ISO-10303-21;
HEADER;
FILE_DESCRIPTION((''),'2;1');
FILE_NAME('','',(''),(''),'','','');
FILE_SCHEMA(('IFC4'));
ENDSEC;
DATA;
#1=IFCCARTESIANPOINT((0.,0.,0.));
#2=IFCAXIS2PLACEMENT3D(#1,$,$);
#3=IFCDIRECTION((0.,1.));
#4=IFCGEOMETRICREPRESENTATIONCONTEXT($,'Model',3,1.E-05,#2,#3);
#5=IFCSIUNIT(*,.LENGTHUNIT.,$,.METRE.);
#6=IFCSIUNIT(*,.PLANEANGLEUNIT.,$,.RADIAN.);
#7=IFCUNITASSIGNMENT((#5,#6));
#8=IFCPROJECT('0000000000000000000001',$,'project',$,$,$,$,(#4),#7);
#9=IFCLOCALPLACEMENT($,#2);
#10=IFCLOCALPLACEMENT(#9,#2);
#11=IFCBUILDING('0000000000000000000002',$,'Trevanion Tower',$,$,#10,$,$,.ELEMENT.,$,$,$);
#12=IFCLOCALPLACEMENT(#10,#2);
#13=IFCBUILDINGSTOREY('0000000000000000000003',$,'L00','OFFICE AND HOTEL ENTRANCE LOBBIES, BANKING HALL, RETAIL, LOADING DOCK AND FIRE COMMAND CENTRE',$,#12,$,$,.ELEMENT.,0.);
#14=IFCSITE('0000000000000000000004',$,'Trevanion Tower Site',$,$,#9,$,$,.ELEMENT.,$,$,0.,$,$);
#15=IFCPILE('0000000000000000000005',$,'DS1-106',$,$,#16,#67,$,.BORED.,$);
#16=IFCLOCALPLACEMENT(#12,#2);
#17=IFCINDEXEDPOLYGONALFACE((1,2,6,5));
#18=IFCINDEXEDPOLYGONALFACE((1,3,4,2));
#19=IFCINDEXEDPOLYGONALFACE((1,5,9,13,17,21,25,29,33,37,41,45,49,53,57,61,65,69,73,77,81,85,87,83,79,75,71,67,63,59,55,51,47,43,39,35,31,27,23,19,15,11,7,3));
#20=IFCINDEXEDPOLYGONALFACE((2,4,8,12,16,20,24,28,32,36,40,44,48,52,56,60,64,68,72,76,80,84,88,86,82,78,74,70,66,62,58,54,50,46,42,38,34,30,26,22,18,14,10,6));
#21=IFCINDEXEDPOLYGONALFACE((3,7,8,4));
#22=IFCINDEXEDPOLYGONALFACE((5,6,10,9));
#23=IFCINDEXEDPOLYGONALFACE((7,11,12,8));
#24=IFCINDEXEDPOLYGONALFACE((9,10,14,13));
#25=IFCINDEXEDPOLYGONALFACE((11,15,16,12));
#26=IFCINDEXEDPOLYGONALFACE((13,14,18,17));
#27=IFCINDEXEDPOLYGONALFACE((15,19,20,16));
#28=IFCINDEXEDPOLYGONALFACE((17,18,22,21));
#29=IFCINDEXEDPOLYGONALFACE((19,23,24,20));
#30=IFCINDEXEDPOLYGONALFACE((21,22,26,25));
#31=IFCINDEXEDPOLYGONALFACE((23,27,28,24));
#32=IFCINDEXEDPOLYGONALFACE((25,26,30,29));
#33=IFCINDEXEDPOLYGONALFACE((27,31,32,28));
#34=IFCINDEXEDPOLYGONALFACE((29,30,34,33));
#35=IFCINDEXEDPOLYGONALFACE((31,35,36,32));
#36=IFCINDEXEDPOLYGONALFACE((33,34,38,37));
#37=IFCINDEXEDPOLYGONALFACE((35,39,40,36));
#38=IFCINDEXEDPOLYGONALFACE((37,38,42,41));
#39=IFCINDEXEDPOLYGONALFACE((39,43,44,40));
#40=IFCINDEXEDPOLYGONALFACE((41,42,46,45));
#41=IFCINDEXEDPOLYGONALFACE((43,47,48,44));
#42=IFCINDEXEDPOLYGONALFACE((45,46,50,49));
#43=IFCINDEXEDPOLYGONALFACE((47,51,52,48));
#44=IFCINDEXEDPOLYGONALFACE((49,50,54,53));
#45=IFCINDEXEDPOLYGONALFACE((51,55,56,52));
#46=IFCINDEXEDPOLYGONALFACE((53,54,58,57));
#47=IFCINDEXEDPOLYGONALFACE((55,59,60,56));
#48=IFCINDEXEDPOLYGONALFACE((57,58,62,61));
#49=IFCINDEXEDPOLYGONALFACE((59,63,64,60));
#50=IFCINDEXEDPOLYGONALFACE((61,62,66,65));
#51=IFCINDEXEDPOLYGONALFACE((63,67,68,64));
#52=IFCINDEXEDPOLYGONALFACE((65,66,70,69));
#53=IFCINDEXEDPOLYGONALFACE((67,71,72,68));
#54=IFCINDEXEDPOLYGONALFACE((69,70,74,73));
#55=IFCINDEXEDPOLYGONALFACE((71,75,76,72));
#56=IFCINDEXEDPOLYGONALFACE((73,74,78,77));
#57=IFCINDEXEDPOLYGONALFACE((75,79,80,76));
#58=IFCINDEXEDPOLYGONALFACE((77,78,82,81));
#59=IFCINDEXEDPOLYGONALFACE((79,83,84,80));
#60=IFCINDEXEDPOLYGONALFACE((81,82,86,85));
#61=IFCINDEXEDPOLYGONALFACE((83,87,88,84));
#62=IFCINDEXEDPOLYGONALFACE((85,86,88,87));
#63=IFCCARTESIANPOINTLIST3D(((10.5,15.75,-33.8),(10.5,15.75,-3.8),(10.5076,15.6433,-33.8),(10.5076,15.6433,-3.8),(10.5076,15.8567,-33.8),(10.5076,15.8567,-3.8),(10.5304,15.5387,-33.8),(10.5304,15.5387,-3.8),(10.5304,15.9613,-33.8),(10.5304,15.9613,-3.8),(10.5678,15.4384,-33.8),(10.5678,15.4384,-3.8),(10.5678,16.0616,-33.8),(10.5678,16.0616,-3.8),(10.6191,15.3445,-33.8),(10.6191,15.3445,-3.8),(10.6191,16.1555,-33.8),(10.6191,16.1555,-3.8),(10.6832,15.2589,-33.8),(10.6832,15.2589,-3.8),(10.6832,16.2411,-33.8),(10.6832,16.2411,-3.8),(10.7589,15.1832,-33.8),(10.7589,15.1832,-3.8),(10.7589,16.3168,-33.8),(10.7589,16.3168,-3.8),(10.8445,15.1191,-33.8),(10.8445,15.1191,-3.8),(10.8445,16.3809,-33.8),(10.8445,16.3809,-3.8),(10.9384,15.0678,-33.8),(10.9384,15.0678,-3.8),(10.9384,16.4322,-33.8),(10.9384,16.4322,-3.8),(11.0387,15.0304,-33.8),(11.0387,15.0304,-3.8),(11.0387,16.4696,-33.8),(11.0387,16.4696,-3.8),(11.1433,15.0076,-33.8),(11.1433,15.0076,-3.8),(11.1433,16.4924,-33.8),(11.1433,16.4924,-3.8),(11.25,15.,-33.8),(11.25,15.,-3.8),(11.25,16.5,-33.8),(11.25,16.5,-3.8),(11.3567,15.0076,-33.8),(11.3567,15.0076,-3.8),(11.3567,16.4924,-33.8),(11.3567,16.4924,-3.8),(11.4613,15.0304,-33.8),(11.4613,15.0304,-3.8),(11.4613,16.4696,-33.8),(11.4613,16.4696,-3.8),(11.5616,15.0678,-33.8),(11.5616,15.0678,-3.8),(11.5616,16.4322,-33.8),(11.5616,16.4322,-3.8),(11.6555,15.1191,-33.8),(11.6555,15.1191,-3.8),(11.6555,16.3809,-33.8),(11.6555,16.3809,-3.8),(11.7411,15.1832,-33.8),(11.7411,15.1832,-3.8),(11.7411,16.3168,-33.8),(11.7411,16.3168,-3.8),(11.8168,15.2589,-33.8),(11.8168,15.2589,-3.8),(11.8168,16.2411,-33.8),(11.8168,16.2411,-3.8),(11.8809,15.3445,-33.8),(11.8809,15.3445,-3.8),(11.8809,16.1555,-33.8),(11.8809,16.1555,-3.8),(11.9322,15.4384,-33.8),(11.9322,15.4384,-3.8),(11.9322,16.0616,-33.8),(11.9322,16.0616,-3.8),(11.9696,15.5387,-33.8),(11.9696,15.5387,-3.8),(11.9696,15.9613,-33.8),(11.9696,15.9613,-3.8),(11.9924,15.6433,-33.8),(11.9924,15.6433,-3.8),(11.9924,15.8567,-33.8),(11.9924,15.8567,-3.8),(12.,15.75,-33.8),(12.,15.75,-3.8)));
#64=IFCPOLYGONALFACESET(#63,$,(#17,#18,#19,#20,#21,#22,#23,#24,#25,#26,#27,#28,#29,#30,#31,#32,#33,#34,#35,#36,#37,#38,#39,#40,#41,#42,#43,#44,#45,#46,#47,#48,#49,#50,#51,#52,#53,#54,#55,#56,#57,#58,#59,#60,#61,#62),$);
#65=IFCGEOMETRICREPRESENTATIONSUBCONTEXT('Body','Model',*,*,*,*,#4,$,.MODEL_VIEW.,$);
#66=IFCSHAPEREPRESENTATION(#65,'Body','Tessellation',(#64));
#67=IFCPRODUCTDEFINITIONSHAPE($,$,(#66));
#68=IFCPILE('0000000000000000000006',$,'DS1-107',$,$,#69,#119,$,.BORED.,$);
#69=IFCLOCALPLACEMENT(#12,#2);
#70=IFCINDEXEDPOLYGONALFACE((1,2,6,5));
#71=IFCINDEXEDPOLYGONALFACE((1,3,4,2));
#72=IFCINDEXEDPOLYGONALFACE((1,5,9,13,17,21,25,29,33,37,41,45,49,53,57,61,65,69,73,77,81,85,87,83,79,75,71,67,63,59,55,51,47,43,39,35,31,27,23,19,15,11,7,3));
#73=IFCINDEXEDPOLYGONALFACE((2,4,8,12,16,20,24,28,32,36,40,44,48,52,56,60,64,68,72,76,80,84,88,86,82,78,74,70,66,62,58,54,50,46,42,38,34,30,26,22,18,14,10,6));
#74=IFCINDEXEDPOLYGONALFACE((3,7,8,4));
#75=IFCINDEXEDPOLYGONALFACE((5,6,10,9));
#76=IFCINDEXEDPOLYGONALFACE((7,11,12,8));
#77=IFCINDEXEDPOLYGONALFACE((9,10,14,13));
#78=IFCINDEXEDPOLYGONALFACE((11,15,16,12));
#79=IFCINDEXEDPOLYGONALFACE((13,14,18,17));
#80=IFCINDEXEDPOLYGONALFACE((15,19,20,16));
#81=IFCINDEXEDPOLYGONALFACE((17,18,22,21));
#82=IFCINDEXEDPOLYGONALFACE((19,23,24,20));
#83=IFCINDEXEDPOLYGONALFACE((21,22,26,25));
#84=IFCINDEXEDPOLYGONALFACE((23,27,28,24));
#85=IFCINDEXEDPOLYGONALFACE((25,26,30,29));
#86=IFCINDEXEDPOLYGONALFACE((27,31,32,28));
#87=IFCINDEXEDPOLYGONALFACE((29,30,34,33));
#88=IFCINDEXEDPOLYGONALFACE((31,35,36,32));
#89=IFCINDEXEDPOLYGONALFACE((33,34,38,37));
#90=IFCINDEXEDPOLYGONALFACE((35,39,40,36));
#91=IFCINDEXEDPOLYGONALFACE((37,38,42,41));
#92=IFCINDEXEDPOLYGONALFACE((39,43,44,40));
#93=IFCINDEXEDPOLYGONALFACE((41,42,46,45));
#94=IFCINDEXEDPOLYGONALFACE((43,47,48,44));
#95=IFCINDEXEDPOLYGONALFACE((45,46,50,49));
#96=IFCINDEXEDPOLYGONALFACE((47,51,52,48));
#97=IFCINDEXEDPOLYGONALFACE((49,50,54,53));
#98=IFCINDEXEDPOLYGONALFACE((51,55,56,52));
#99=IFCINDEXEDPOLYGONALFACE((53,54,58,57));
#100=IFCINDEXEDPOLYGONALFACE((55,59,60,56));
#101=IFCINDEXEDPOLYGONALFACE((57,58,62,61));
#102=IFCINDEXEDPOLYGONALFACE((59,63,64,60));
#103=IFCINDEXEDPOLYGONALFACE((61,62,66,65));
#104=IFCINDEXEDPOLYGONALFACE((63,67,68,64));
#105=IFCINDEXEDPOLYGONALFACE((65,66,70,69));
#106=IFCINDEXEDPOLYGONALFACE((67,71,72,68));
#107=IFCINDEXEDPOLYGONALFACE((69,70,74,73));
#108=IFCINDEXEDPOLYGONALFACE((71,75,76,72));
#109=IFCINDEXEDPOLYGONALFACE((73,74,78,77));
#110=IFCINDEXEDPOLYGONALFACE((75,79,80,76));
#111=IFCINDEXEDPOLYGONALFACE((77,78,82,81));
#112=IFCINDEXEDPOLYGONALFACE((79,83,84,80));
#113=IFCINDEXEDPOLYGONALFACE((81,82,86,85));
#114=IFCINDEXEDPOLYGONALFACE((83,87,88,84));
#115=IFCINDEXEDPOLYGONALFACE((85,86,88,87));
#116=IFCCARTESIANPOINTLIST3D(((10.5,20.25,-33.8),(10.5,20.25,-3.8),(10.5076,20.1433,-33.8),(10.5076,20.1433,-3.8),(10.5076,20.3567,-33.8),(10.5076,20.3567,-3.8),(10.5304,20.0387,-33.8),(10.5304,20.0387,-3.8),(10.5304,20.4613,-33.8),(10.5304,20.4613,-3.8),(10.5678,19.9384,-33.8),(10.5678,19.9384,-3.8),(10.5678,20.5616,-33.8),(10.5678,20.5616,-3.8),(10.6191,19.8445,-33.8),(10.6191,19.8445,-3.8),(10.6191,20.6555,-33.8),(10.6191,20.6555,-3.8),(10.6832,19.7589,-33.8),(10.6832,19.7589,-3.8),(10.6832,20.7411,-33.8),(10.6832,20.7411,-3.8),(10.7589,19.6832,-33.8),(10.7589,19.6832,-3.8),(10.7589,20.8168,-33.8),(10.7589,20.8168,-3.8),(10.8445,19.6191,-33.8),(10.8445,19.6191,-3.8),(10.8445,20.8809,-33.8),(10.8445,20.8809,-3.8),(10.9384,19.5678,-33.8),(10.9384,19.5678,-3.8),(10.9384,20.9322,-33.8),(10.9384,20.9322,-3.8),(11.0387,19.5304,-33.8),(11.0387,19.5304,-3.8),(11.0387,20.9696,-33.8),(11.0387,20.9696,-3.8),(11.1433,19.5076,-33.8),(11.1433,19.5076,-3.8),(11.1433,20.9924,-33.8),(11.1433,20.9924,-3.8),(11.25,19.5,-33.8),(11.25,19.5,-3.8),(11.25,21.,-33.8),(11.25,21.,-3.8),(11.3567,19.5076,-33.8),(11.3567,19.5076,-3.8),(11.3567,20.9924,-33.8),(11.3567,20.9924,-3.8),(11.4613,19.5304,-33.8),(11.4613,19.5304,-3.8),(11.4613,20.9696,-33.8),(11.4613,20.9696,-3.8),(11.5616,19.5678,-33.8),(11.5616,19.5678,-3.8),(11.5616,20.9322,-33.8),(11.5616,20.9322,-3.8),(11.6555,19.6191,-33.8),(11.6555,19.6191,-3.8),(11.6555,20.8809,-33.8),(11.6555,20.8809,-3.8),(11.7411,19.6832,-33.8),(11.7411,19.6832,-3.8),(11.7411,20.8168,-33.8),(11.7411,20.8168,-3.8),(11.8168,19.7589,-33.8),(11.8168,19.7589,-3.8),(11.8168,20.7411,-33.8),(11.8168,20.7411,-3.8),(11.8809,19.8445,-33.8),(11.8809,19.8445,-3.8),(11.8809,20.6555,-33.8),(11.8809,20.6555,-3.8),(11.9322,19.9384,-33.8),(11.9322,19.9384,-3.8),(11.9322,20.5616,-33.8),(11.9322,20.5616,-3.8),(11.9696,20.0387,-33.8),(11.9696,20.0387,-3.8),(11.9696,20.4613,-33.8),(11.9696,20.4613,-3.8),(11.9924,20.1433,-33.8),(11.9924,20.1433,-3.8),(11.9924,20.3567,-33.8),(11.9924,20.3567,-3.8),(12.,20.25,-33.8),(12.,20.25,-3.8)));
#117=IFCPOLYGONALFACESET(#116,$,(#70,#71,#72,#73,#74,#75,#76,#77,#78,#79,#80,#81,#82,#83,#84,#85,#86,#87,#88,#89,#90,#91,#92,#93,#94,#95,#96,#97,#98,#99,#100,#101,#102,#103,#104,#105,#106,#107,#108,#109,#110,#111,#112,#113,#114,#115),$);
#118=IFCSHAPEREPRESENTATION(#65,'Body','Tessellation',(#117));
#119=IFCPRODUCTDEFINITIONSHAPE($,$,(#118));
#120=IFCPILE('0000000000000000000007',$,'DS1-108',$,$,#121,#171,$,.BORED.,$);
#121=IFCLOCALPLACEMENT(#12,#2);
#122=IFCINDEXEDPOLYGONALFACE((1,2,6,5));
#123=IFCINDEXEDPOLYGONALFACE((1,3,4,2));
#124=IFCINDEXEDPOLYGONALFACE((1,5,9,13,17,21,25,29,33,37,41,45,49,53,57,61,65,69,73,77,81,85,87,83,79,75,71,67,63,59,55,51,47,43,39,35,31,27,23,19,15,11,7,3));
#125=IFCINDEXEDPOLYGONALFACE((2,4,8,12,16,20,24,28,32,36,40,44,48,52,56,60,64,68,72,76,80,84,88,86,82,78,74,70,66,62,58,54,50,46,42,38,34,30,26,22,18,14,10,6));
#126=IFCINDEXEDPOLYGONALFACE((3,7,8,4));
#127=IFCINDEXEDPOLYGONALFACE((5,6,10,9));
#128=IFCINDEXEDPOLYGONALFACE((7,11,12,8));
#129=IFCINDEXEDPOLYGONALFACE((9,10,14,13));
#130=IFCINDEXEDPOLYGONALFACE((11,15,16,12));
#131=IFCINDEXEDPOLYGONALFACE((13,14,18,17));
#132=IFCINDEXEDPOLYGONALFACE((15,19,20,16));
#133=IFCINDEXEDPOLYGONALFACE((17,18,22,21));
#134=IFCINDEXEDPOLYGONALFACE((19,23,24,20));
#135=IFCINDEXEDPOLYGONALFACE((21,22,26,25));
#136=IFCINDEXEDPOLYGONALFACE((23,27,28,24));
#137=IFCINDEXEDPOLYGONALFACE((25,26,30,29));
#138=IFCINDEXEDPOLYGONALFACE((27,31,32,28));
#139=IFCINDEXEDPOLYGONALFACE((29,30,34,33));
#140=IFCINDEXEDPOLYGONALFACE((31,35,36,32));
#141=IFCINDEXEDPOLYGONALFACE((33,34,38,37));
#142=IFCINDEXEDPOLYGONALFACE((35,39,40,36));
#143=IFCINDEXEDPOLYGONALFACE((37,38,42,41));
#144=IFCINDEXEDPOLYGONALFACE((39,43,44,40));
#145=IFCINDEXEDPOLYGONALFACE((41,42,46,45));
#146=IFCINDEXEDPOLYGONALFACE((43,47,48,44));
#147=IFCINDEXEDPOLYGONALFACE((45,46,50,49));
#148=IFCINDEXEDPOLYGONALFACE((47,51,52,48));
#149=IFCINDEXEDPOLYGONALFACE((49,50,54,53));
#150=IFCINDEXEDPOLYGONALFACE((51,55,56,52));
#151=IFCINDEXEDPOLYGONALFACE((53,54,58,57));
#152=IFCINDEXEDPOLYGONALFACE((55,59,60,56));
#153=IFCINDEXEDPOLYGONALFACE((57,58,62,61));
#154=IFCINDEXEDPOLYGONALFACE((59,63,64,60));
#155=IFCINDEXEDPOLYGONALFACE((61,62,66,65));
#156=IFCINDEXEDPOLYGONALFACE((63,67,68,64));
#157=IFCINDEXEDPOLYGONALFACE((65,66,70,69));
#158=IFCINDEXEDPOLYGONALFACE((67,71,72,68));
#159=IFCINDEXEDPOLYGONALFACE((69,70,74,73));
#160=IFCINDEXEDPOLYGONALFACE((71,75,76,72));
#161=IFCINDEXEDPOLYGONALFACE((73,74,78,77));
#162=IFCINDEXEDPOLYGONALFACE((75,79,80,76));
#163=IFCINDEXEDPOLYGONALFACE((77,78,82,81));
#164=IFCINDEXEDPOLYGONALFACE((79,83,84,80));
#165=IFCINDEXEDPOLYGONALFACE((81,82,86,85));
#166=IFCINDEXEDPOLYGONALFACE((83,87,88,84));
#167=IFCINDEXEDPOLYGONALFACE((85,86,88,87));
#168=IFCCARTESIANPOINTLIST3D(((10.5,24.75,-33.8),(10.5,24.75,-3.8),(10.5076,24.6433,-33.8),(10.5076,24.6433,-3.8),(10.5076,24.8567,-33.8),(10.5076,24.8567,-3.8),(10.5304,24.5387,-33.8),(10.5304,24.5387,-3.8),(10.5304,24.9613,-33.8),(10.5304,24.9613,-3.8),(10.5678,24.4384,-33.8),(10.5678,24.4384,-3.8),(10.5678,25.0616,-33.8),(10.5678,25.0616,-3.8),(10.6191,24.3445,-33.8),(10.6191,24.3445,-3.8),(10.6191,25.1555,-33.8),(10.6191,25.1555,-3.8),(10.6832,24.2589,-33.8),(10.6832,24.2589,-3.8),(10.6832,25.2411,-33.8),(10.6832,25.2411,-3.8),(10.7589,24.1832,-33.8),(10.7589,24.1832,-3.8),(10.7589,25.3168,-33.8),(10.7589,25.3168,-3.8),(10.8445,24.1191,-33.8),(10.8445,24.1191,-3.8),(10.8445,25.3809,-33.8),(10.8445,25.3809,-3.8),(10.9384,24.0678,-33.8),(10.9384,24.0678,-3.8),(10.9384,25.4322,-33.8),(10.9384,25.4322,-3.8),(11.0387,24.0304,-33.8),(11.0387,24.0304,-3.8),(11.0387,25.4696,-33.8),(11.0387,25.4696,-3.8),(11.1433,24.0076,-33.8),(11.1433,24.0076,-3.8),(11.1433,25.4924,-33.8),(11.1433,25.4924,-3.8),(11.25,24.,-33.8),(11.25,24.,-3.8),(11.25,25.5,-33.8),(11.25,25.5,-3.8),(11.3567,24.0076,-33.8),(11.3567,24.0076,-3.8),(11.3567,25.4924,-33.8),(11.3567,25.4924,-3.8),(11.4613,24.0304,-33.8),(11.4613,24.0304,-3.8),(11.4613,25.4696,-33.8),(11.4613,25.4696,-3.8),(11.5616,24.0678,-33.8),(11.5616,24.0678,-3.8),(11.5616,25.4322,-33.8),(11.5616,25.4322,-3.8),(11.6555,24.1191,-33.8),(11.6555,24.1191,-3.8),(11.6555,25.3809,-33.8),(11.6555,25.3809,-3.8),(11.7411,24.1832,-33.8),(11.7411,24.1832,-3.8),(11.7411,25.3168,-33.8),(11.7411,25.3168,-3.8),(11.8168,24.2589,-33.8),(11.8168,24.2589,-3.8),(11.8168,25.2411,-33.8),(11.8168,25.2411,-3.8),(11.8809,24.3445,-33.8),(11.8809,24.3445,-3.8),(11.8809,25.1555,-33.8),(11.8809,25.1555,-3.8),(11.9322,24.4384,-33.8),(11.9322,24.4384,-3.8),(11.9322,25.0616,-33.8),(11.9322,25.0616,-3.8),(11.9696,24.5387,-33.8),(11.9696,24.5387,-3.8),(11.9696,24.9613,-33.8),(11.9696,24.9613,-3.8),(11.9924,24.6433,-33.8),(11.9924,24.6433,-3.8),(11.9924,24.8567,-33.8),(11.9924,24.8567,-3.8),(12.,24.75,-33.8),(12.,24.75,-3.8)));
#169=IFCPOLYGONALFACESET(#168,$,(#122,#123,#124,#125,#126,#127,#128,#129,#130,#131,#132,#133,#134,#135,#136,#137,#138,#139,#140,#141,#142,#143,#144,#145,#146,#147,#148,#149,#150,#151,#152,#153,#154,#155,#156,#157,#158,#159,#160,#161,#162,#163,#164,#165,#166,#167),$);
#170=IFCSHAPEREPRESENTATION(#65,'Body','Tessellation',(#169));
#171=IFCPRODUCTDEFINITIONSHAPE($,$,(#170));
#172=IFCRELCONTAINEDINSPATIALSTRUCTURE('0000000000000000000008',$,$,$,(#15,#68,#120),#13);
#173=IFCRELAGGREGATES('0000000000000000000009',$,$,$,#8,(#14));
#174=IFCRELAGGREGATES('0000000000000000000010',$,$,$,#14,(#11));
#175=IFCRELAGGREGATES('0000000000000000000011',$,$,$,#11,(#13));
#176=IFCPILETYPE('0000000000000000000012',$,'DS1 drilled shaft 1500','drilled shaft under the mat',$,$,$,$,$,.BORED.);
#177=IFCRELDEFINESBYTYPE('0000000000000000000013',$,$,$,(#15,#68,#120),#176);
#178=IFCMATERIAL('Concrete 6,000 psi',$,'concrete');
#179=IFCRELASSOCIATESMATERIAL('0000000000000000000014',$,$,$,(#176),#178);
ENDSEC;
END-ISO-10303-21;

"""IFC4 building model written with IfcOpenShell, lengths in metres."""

from ifc_helpers import new_model, si_unit, direction, frame, origin, origin_2d, place, context, subcontext, project, spatial, circle, extrude, material, material_profile, profile_set, type_object, element, save


model = new_model("IFC4")

# Units and contexts
model_context = context("Model", 3, precision=1e-05, world=origin(), true_north=direction((0.0, 1.0)))
body_context = subcontext(model_context, "Body", "Model", "MODEL_VIEW")
ifc_project = project(units=[si_unit("LENGTHUNIT", "METRE"), si_unit("PLANEANGLEUNIT", "RADIAN")], contexts=[model_context])

# Site, building, storey
site_placement = place(None, origin())
site = spatial("IfcSite", under=ifc_project, at=site_placement, Name="Trevanion Tower Site", CompositionType="ELEMENT", RefElevation=0.0)
building_placement = place(site_placement, origin())
building = spatial("IfcBuilding", under=site, at=building_placement, Name="Trevanion Tower", CompositionType="ELEMENT")
storey_placement = place(building_placement, origin())
storey = spatial("IfcBuildingStorey", under=building, at=storey_placement, Name="L00", Description="OFFICE AND HOTEL ENTRANCE LOBBIES, BANKING HALL, RETAIL, LOADING DOCK AND FIRE COMMAND CENTRE", CompositionType="ELEMENT", Elevation=0.0)

# Piles
ifc_material_1 = material(Name="Concrete 6,000 psi", Category="concrete")
ifc_material_profile_1 = material_profile(ifc_material_1, circle(Radius=0.75, at=origin_2d()), Name="DS1 drilled shaft 1500")
ifc_profile_set_1 = profile_set([ifc_material_profile_1], Name="Concrete 6,000 psi")
pile_type = type_object("IfcPileType", Name="DS1 drilled shaft 1500", Description="drilled shaft under the mat", PredefinedType="BORED", material=ifc_profile_set_1)
for number, where, z_axis, x_axis, name in (
    (1, (11.25, 15.75, -3.8), (0.0, 0.0, -1.0), (1.0, 0.0, 0.0), "DS1-106"),
    (2, (11.25, 20.25, -3.8), (0.0, 0.0, -1.0), (1.0, 0.0, 0.0), "DS1-107"),
    (3, (11.25, 24.75, -3.8), (0.0, 0.0, -1.0), (1.0, 0.0, 0.0), "DS1-108"),
):
    element("IfcPile", number, at=place(storey_placement, frame(where, z_axis=z_axis, x_axis=x_axis)), inside=storey, type_object=pile_type, Name=name, PredefinedType="BORED", context=body_context, shape_type="SweptSolid", body=[
        extrude(circle(Radius=0.75, at=origin_2d()), origin(), (0.0, 0.0, 1.0), 30.0),
    ])

save(model, "model.ifc")
